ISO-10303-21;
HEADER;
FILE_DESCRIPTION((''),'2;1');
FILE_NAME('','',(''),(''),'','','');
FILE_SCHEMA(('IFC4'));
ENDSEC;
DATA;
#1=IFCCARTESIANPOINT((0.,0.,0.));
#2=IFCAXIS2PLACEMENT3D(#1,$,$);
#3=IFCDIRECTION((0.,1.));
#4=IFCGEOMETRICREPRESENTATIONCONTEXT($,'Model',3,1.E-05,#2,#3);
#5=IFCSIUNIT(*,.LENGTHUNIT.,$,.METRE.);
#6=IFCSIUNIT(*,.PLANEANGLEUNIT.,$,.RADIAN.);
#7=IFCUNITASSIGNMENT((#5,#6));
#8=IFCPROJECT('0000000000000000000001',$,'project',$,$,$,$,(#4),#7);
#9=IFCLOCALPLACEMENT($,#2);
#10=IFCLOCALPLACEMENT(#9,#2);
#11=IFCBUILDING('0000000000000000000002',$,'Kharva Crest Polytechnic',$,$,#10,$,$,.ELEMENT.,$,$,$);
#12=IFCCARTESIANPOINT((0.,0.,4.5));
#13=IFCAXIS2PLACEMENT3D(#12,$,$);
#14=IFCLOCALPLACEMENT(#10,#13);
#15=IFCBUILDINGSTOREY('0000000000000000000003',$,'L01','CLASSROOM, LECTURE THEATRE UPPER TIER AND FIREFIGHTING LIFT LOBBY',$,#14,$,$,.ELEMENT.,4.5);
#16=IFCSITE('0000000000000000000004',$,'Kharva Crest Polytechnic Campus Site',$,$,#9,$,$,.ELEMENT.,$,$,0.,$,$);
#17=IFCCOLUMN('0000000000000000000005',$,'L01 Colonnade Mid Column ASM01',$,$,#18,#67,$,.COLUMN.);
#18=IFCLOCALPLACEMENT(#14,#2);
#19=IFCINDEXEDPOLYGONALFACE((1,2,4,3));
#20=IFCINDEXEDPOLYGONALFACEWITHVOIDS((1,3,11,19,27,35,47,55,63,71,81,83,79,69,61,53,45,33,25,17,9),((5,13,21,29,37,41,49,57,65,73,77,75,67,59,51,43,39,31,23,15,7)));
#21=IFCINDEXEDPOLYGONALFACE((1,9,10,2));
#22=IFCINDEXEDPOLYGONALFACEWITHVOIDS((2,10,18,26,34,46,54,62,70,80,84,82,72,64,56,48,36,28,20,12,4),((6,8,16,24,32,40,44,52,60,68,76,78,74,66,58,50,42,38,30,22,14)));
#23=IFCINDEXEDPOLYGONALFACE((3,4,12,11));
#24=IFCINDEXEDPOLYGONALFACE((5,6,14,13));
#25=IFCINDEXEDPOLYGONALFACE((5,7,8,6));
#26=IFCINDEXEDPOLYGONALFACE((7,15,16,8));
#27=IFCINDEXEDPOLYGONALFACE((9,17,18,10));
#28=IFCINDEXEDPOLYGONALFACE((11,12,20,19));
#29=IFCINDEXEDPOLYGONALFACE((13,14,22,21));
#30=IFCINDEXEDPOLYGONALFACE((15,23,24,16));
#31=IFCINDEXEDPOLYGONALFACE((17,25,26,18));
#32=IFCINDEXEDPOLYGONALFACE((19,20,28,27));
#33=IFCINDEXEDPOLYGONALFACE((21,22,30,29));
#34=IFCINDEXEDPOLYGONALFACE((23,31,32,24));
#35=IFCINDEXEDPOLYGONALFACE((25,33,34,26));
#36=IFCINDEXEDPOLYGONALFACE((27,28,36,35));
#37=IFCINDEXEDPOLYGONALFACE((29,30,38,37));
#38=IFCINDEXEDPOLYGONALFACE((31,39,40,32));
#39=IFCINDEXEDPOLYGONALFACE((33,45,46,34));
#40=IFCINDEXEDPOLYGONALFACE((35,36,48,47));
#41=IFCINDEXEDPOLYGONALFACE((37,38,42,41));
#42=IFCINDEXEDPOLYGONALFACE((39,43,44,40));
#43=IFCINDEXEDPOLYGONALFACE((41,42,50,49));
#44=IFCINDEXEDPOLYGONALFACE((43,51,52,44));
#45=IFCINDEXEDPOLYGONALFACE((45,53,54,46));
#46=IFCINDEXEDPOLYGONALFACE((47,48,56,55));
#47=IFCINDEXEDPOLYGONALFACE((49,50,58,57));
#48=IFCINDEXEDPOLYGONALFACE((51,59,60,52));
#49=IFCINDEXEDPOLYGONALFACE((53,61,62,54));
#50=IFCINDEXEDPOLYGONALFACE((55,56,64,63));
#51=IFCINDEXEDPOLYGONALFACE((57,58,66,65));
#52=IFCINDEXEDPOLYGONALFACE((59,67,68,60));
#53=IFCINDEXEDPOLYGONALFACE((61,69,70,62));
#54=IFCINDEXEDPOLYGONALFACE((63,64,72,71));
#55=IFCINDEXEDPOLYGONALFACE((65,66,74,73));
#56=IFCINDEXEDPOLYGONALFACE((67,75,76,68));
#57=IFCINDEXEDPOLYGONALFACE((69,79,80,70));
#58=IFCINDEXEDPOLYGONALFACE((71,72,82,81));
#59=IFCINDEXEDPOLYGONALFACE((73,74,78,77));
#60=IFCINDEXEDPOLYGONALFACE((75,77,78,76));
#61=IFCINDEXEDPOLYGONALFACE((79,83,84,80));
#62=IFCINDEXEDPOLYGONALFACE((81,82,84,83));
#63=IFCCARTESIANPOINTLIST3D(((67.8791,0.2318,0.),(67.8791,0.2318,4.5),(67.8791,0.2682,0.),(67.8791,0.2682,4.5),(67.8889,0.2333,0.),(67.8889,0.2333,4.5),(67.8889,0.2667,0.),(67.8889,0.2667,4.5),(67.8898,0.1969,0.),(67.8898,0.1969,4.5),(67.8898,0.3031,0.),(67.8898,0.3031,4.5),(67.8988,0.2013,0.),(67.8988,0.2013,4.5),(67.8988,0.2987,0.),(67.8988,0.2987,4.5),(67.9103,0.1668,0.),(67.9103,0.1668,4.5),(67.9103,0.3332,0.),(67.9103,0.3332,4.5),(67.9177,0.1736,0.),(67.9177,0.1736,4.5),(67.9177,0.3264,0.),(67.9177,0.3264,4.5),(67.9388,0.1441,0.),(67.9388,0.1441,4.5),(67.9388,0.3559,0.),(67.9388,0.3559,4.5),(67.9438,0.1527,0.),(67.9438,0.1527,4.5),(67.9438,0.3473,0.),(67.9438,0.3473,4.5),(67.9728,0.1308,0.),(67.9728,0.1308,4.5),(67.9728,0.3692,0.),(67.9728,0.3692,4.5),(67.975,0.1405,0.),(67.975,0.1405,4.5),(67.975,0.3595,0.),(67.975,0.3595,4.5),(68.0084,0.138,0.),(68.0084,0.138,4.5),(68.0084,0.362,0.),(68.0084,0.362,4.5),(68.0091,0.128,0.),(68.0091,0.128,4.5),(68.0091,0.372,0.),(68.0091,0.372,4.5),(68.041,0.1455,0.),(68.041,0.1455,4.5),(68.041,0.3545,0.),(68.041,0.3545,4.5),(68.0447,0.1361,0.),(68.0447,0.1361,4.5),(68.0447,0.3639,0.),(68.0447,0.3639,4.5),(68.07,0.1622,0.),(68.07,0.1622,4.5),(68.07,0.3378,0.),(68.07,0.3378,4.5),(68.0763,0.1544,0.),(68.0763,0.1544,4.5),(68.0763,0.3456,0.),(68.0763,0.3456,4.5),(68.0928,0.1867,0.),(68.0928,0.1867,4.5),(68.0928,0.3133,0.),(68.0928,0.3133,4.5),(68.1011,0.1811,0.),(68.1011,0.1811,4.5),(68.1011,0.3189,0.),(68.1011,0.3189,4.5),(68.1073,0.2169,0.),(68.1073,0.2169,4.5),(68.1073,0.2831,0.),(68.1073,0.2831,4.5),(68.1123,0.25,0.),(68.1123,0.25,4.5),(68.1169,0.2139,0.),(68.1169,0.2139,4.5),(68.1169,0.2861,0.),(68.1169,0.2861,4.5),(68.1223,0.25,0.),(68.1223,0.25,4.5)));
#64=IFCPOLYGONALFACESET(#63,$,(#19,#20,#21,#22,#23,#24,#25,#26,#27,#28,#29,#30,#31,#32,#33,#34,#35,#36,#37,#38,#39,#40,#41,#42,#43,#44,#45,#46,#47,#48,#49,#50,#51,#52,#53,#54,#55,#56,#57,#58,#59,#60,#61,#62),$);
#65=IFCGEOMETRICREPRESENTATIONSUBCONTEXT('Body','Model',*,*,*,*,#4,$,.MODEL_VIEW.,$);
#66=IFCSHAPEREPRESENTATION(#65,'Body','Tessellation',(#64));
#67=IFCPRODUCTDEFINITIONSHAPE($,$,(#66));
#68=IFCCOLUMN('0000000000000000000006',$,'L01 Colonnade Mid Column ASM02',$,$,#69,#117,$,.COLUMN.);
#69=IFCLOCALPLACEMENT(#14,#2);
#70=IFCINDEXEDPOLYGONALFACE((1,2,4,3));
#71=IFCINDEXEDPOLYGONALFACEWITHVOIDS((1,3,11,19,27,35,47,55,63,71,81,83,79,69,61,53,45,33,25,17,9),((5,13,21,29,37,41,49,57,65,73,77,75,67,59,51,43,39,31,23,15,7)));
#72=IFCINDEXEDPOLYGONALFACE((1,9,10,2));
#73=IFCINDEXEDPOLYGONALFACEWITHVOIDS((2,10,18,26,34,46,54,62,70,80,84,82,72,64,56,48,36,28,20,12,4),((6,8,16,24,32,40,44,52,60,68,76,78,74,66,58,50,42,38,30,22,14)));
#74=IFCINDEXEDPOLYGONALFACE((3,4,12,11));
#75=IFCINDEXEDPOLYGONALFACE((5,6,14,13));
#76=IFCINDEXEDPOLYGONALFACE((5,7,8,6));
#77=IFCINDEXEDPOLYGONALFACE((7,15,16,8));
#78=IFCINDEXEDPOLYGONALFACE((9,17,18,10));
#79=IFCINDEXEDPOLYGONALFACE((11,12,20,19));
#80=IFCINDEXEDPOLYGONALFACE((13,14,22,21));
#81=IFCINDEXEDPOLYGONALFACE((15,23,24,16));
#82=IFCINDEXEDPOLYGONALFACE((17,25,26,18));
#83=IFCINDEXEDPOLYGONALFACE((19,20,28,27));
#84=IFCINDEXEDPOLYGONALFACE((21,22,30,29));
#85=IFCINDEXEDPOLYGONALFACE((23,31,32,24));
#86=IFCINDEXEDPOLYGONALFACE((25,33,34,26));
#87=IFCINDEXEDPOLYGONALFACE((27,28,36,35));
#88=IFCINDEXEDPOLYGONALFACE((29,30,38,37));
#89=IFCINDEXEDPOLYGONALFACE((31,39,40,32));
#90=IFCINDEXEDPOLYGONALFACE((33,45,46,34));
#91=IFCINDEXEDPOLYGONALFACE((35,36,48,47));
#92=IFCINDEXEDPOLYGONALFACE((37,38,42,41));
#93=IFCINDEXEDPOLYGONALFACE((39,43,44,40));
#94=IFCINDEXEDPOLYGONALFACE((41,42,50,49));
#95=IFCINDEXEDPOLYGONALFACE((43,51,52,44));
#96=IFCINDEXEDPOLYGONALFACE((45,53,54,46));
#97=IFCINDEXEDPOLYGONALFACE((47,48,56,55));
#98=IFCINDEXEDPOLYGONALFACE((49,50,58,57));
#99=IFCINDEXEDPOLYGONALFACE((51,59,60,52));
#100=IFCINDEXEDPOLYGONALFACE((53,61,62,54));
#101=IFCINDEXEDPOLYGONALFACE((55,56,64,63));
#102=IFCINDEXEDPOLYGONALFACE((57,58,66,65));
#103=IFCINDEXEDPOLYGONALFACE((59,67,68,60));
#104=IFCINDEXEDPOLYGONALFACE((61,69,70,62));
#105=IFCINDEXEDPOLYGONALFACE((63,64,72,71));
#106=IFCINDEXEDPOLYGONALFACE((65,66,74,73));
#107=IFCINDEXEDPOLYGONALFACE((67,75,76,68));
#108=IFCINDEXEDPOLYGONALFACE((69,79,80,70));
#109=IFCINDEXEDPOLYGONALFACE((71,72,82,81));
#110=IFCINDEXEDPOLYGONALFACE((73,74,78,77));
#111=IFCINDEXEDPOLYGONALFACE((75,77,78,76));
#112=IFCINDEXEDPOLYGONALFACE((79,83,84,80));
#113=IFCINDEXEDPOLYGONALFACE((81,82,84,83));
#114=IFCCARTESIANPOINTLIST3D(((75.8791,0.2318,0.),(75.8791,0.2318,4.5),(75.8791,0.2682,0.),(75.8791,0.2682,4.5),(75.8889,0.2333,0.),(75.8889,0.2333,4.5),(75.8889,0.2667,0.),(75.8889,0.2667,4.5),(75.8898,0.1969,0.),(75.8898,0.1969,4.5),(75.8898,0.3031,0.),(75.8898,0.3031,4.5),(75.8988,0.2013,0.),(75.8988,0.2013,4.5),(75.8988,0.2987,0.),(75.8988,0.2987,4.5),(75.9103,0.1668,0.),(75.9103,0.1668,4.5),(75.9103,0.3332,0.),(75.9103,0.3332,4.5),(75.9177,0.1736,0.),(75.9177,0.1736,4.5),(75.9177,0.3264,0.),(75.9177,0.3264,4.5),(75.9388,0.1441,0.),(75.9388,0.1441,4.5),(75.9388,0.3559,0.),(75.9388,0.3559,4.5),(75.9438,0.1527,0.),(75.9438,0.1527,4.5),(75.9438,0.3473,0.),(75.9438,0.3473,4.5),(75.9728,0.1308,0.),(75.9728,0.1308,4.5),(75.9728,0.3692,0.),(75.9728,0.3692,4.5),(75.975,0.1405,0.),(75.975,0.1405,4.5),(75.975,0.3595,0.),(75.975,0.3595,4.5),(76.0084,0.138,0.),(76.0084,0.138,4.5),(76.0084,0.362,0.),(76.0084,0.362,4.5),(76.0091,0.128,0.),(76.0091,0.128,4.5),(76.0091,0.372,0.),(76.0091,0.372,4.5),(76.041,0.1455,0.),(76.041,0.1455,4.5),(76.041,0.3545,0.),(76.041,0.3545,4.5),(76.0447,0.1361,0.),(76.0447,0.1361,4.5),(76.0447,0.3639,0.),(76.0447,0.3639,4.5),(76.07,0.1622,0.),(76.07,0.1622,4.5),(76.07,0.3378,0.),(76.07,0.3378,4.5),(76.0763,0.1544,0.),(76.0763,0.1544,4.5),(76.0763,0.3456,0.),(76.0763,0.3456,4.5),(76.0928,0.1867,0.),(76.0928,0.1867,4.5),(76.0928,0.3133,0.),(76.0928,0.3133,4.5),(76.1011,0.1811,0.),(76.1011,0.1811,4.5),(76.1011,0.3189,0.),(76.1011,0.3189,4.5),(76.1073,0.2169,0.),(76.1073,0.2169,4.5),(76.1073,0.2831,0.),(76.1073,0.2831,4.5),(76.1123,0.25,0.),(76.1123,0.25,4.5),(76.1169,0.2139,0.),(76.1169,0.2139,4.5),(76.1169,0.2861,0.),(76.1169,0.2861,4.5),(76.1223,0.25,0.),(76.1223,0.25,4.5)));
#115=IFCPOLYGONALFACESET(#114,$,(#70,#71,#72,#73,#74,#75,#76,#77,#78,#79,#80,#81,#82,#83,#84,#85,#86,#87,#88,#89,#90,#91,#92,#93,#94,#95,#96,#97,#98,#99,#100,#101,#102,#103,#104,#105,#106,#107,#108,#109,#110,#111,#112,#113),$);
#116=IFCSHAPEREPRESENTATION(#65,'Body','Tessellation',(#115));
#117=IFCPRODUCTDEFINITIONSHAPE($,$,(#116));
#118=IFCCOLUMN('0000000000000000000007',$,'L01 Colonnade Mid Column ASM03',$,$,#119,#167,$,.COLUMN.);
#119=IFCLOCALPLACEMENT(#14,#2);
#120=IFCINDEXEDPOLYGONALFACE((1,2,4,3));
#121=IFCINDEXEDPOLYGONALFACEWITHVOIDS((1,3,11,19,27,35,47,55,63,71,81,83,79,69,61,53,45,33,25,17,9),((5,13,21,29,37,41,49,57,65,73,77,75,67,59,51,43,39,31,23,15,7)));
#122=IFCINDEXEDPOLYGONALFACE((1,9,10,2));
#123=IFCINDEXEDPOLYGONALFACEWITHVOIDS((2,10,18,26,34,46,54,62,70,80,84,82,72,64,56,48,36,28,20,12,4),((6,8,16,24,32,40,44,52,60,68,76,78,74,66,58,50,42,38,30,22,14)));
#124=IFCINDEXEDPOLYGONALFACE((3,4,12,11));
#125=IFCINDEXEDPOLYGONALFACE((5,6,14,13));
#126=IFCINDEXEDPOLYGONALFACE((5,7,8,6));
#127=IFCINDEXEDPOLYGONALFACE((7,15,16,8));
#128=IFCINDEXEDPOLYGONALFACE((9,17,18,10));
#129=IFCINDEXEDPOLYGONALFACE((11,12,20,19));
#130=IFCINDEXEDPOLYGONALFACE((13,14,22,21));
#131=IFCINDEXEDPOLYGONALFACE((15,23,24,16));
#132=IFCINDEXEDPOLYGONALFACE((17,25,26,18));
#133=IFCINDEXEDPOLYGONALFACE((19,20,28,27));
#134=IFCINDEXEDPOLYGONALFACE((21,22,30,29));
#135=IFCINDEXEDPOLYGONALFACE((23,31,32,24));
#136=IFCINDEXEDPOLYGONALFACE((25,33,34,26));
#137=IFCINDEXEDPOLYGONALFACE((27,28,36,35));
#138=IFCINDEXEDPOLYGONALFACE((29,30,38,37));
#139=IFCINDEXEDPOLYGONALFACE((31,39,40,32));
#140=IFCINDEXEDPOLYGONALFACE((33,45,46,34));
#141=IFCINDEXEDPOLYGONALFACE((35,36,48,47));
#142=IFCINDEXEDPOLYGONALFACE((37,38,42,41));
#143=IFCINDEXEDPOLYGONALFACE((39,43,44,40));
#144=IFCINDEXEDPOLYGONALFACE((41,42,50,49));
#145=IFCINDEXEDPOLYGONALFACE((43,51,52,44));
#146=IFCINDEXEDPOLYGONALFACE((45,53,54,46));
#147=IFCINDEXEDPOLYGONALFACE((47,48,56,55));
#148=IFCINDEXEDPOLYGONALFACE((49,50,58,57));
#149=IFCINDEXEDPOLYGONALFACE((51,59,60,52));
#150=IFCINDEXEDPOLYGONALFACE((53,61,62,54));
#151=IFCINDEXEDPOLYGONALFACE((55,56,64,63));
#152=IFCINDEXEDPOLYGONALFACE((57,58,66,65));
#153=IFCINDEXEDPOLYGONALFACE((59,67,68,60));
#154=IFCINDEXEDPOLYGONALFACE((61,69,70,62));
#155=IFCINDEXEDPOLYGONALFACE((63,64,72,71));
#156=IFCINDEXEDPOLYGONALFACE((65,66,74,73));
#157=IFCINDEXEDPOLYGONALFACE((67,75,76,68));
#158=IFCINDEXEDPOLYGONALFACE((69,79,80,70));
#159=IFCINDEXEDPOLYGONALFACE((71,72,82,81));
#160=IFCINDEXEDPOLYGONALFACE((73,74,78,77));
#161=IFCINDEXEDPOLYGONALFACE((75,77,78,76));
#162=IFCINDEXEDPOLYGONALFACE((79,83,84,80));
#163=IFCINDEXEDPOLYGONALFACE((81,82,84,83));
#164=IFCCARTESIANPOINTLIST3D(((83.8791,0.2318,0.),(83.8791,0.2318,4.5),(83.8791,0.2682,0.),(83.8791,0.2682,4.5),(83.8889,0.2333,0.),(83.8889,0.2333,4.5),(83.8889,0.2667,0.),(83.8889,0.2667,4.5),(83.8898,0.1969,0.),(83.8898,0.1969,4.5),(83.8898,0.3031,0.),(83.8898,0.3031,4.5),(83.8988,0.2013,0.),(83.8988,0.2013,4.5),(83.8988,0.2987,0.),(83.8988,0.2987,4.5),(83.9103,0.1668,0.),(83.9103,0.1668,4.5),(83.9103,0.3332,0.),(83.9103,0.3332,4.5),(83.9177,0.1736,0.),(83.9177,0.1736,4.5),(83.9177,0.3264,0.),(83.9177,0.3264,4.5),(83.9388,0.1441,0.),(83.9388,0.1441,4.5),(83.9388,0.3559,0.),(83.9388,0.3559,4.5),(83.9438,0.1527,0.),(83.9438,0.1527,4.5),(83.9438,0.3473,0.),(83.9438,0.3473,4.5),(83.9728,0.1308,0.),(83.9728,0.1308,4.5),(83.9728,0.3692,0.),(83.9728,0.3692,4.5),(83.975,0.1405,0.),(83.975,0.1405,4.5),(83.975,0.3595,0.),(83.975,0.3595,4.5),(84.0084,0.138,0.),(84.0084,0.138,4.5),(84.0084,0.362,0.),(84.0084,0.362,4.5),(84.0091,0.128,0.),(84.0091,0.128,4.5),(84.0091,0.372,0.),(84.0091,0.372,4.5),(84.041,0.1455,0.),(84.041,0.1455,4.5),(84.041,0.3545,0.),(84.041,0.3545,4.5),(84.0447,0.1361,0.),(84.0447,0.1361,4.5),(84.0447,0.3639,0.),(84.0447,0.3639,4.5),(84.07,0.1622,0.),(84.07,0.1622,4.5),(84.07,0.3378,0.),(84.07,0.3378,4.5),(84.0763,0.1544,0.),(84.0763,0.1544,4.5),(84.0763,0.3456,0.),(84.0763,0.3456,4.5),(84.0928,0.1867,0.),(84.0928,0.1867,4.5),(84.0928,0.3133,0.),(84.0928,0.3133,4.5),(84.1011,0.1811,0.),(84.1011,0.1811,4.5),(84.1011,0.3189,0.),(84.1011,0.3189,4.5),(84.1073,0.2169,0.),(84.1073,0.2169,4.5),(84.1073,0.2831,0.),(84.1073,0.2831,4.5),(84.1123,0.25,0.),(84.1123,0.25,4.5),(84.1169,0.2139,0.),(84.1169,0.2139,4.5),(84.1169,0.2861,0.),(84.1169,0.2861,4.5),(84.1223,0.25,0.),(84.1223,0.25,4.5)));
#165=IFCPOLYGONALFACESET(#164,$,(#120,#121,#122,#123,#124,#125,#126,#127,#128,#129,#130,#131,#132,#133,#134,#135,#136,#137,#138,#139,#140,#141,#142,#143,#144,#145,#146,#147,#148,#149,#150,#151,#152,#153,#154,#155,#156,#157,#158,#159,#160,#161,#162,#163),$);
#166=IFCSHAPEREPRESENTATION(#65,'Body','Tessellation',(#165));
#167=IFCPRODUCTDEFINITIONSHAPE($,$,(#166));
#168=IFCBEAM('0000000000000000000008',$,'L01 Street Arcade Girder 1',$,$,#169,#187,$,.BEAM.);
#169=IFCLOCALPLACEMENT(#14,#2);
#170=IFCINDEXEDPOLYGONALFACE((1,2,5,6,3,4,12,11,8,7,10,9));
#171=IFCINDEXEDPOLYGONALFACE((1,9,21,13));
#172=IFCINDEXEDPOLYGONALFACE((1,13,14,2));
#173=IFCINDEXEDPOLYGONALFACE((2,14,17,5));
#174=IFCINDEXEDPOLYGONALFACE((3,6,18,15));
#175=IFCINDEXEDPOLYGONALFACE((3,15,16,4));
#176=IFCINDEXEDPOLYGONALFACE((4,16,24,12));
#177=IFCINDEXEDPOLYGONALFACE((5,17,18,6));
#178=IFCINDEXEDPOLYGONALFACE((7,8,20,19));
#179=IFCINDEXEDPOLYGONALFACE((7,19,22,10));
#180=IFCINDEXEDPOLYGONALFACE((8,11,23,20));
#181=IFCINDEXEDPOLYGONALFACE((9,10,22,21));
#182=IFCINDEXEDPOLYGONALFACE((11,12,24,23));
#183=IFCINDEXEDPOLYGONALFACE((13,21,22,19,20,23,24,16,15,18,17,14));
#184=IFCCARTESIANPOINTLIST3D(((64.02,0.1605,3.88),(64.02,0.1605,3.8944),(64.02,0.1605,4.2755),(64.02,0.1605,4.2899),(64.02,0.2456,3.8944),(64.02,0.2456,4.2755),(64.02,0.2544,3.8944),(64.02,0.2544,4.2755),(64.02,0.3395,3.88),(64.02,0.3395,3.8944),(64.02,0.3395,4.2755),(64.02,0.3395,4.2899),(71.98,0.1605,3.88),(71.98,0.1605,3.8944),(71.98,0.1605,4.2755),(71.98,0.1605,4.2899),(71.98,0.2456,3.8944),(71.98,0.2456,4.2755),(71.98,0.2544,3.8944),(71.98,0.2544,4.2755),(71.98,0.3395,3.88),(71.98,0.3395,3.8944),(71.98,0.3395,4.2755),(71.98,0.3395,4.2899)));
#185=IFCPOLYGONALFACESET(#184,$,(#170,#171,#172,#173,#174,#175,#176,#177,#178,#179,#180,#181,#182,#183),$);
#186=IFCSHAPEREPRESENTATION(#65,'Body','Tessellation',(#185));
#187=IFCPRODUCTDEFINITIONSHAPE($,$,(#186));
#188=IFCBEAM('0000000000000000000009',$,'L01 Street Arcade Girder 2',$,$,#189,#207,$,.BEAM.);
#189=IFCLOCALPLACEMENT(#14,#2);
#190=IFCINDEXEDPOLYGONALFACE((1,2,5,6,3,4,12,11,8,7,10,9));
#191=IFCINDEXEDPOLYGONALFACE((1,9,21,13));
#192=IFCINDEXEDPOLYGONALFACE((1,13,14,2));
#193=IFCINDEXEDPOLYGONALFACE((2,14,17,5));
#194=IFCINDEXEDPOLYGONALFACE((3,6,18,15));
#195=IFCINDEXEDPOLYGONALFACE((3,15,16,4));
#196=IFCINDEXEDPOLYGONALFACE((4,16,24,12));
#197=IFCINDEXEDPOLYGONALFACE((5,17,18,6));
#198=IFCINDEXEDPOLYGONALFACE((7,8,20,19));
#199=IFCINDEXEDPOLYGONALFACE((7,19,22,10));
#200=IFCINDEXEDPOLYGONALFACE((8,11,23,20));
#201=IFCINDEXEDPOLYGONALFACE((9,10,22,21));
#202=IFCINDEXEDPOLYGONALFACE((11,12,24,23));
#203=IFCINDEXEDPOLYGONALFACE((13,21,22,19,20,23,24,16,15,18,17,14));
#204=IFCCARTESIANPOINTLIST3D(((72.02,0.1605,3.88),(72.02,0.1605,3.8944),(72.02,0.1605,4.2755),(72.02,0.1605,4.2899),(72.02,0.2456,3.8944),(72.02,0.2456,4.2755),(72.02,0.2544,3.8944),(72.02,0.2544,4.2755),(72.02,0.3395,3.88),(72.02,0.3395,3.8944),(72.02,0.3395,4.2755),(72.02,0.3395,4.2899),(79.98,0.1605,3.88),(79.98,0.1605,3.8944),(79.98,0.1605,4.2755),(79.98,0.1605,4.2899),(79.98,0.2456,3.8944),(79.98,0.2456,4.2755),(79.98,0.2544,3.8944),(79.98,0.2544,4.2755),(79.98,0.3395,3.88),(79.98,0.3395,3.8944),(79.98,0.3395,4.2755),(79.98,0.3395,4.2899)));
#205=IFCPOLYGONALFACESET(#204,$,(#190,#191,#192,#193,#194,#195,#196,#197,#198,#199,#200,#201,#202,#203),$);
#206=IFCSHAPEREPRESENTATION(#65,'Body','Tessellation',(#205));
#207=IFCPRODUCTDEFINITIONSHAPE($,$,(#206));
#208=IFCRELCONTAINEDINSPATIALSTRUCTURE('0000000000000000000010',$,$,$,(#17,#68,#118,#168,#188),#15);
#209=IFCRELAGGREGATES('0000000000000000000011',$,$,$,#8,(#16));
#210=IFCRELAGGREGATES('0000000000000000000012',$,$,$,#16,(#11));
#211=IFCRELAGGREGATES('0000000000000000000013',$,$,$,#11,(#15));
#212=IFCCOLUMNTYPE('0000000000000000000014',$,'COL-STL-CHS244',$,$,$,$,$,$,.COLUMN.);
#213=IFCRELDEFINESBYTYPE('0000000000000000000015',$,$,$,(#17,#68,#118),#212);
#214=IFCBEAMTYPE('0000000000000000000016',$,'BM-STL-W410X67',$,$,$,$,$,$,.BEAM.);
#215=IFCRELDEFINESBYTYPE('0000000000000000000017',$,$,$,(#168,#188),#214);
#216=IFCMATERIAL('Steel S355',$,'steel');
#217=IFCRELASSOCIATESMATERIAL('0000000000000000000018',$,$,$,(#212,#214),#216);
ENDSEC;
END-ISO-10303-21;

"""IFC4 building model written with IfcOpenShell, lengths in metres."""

from ifc_helpers import new_model, si_unit, direction, frame, origin, origin_2d, place, context, subcontext, project, spatial, hollow_circle, i_section, extrude, material, material_profile, profile_set, type_object, element, save


model = new_model("IFC4")

# Units and contexts
model_context = context("Model", 3, precision=1e-05, world=origin(), true_north=direction((0.0, 1.0)))
body_context = subcontext(model_context, "Body", "Model", "MODEL_VIEW")
ifc_project = project(units=[si_unit("LENGTHUNIT", "METRE"), si_unit("PLANEANGLEUNIT", "RADIAN")], contexts=[model_context])

# Site, building, storey
site_placement = place(None, origin())
site = spatial("IfcSite", under=ifc_project, at=site_placement, Name="Kharva Crest Polytechnic Campus Site", CompositionType="ELEMENT", RefElevation=0.0)
building_placement = place(site_placement, origin())
building = spatial("IfcBuilding", under=site, at=building_placement, Name="Kharva Crest Polytechnic", CompositionType="ELEMENT")
storey_placement = place(building_placement, frame((0.0, 0.0, 4.5)))
storey = spatial("IfcBuildingStorey", under=building, at=storey_placement, Name="L01", Description="CLASSROOM, LECTURE THEATRE UPPER TIER AND FIREFIGHTING LIFT LOBBY", CompositionType="ELEMENT", Elevation=4.5)

# Columns
ifc_material_1 = material(Name="Steel S355", Category="steel")
ifc_material_profile_1 = material_profile(ifc_material_1, hollow_circle(Radius=0.1223, WallThickness=0.01, at=origin_2d()), Name="CHS 244.5X10.0")
ifc_profile_set_1 = profile_set([ifc_material_profile_1], Name="Steel S355")
column_type_1 = type_object("IfcColumnType", Name="COL-STL-CHS244", PredefinedType="COLUMN", material=ifc_profile_set_1)
for number, where, z_axis, x_axis, name in (
    (1, (68.0, 0.25, 0.0), (0.0, 0.0, 1.0), (1.0, 0.0, 0.0), "L01 Colonnade Mid Column ASM01"),
    (2, (76.0, 0.25, 0.0), (0.0, 0.0, 1.0), (1.0, 0.0, 0.0), "L01 Colonnade Mid Column ASM02"),
    (3, (84.0, 0.25, 0.0), (0.0, 0.0, 1.0), (1.0, 0.0, 0.0), "L01 Colonnade Mid Column ASM03"),
):
    element("IfcColumn", number, at=place(storey_placement, frame(where, z_axis=z_axis, x_axis=x_axis)), inside=storey, type_object=column_type_1, Name=name, PredefinedType="COLUMN", context=body_context, shape_type="SweptSolid", body=[
        extrude(hollow_circle(Radius=0.1223, WallThickness=0.01, at=origin_2d()), origin(), (0.0, 0.0, 1.0), 4.5),
    ])

# Beams
ifc_material_profile_2 = material_profile(ifc_material_1, i_section(OverallWidth=0.179, OverallDepth=0.4099, WebThickness=0.0088, FlangeThickness=0.0144, at=origin_2d()), Name="W410X67")
ifc_profile_set_2 = profile_set([ifc_material_profile_2], Name="Steel S355")
beam_type_1 = type_object("IfcBeamType", Name="BM-STL-W410X67", PredefinedType="BEAM", material=ifc_profile_set_2)
for number, where, z_axis, x_axis, name in (
    (4, (64.02, 0.25, 4.085), (1.0, 0.0, 0.0), (0.0, 1.0, 0.0), "L01 Street Arcade Girder 1"),
    (5, (72.02, 0.25, 4.085), (1.0, 0.0, 0.0), (0.0, 1.0, 0.0), "L01 Street Arcade Girder 2"),
):
    element("IfcBeam", number, at=place(storey_placement, frame(where, z_axis=z_axis, x_axis=x_axis)), inside=storey, type_object=beam_type_1, Name=name, PredefinedType="BEAM", context=body_context, shape_type="SweptSolid", body=[
        extrude(i_section(OverallWidth=0.179, OverallDepth=0.4099, WebThickness=0.0088, FlangeThickness=0.0144, at=origin_2d()), origin(), (0.0, 0.0, 1.0), 7.96),
    ])

save(model, "model.ifc")
